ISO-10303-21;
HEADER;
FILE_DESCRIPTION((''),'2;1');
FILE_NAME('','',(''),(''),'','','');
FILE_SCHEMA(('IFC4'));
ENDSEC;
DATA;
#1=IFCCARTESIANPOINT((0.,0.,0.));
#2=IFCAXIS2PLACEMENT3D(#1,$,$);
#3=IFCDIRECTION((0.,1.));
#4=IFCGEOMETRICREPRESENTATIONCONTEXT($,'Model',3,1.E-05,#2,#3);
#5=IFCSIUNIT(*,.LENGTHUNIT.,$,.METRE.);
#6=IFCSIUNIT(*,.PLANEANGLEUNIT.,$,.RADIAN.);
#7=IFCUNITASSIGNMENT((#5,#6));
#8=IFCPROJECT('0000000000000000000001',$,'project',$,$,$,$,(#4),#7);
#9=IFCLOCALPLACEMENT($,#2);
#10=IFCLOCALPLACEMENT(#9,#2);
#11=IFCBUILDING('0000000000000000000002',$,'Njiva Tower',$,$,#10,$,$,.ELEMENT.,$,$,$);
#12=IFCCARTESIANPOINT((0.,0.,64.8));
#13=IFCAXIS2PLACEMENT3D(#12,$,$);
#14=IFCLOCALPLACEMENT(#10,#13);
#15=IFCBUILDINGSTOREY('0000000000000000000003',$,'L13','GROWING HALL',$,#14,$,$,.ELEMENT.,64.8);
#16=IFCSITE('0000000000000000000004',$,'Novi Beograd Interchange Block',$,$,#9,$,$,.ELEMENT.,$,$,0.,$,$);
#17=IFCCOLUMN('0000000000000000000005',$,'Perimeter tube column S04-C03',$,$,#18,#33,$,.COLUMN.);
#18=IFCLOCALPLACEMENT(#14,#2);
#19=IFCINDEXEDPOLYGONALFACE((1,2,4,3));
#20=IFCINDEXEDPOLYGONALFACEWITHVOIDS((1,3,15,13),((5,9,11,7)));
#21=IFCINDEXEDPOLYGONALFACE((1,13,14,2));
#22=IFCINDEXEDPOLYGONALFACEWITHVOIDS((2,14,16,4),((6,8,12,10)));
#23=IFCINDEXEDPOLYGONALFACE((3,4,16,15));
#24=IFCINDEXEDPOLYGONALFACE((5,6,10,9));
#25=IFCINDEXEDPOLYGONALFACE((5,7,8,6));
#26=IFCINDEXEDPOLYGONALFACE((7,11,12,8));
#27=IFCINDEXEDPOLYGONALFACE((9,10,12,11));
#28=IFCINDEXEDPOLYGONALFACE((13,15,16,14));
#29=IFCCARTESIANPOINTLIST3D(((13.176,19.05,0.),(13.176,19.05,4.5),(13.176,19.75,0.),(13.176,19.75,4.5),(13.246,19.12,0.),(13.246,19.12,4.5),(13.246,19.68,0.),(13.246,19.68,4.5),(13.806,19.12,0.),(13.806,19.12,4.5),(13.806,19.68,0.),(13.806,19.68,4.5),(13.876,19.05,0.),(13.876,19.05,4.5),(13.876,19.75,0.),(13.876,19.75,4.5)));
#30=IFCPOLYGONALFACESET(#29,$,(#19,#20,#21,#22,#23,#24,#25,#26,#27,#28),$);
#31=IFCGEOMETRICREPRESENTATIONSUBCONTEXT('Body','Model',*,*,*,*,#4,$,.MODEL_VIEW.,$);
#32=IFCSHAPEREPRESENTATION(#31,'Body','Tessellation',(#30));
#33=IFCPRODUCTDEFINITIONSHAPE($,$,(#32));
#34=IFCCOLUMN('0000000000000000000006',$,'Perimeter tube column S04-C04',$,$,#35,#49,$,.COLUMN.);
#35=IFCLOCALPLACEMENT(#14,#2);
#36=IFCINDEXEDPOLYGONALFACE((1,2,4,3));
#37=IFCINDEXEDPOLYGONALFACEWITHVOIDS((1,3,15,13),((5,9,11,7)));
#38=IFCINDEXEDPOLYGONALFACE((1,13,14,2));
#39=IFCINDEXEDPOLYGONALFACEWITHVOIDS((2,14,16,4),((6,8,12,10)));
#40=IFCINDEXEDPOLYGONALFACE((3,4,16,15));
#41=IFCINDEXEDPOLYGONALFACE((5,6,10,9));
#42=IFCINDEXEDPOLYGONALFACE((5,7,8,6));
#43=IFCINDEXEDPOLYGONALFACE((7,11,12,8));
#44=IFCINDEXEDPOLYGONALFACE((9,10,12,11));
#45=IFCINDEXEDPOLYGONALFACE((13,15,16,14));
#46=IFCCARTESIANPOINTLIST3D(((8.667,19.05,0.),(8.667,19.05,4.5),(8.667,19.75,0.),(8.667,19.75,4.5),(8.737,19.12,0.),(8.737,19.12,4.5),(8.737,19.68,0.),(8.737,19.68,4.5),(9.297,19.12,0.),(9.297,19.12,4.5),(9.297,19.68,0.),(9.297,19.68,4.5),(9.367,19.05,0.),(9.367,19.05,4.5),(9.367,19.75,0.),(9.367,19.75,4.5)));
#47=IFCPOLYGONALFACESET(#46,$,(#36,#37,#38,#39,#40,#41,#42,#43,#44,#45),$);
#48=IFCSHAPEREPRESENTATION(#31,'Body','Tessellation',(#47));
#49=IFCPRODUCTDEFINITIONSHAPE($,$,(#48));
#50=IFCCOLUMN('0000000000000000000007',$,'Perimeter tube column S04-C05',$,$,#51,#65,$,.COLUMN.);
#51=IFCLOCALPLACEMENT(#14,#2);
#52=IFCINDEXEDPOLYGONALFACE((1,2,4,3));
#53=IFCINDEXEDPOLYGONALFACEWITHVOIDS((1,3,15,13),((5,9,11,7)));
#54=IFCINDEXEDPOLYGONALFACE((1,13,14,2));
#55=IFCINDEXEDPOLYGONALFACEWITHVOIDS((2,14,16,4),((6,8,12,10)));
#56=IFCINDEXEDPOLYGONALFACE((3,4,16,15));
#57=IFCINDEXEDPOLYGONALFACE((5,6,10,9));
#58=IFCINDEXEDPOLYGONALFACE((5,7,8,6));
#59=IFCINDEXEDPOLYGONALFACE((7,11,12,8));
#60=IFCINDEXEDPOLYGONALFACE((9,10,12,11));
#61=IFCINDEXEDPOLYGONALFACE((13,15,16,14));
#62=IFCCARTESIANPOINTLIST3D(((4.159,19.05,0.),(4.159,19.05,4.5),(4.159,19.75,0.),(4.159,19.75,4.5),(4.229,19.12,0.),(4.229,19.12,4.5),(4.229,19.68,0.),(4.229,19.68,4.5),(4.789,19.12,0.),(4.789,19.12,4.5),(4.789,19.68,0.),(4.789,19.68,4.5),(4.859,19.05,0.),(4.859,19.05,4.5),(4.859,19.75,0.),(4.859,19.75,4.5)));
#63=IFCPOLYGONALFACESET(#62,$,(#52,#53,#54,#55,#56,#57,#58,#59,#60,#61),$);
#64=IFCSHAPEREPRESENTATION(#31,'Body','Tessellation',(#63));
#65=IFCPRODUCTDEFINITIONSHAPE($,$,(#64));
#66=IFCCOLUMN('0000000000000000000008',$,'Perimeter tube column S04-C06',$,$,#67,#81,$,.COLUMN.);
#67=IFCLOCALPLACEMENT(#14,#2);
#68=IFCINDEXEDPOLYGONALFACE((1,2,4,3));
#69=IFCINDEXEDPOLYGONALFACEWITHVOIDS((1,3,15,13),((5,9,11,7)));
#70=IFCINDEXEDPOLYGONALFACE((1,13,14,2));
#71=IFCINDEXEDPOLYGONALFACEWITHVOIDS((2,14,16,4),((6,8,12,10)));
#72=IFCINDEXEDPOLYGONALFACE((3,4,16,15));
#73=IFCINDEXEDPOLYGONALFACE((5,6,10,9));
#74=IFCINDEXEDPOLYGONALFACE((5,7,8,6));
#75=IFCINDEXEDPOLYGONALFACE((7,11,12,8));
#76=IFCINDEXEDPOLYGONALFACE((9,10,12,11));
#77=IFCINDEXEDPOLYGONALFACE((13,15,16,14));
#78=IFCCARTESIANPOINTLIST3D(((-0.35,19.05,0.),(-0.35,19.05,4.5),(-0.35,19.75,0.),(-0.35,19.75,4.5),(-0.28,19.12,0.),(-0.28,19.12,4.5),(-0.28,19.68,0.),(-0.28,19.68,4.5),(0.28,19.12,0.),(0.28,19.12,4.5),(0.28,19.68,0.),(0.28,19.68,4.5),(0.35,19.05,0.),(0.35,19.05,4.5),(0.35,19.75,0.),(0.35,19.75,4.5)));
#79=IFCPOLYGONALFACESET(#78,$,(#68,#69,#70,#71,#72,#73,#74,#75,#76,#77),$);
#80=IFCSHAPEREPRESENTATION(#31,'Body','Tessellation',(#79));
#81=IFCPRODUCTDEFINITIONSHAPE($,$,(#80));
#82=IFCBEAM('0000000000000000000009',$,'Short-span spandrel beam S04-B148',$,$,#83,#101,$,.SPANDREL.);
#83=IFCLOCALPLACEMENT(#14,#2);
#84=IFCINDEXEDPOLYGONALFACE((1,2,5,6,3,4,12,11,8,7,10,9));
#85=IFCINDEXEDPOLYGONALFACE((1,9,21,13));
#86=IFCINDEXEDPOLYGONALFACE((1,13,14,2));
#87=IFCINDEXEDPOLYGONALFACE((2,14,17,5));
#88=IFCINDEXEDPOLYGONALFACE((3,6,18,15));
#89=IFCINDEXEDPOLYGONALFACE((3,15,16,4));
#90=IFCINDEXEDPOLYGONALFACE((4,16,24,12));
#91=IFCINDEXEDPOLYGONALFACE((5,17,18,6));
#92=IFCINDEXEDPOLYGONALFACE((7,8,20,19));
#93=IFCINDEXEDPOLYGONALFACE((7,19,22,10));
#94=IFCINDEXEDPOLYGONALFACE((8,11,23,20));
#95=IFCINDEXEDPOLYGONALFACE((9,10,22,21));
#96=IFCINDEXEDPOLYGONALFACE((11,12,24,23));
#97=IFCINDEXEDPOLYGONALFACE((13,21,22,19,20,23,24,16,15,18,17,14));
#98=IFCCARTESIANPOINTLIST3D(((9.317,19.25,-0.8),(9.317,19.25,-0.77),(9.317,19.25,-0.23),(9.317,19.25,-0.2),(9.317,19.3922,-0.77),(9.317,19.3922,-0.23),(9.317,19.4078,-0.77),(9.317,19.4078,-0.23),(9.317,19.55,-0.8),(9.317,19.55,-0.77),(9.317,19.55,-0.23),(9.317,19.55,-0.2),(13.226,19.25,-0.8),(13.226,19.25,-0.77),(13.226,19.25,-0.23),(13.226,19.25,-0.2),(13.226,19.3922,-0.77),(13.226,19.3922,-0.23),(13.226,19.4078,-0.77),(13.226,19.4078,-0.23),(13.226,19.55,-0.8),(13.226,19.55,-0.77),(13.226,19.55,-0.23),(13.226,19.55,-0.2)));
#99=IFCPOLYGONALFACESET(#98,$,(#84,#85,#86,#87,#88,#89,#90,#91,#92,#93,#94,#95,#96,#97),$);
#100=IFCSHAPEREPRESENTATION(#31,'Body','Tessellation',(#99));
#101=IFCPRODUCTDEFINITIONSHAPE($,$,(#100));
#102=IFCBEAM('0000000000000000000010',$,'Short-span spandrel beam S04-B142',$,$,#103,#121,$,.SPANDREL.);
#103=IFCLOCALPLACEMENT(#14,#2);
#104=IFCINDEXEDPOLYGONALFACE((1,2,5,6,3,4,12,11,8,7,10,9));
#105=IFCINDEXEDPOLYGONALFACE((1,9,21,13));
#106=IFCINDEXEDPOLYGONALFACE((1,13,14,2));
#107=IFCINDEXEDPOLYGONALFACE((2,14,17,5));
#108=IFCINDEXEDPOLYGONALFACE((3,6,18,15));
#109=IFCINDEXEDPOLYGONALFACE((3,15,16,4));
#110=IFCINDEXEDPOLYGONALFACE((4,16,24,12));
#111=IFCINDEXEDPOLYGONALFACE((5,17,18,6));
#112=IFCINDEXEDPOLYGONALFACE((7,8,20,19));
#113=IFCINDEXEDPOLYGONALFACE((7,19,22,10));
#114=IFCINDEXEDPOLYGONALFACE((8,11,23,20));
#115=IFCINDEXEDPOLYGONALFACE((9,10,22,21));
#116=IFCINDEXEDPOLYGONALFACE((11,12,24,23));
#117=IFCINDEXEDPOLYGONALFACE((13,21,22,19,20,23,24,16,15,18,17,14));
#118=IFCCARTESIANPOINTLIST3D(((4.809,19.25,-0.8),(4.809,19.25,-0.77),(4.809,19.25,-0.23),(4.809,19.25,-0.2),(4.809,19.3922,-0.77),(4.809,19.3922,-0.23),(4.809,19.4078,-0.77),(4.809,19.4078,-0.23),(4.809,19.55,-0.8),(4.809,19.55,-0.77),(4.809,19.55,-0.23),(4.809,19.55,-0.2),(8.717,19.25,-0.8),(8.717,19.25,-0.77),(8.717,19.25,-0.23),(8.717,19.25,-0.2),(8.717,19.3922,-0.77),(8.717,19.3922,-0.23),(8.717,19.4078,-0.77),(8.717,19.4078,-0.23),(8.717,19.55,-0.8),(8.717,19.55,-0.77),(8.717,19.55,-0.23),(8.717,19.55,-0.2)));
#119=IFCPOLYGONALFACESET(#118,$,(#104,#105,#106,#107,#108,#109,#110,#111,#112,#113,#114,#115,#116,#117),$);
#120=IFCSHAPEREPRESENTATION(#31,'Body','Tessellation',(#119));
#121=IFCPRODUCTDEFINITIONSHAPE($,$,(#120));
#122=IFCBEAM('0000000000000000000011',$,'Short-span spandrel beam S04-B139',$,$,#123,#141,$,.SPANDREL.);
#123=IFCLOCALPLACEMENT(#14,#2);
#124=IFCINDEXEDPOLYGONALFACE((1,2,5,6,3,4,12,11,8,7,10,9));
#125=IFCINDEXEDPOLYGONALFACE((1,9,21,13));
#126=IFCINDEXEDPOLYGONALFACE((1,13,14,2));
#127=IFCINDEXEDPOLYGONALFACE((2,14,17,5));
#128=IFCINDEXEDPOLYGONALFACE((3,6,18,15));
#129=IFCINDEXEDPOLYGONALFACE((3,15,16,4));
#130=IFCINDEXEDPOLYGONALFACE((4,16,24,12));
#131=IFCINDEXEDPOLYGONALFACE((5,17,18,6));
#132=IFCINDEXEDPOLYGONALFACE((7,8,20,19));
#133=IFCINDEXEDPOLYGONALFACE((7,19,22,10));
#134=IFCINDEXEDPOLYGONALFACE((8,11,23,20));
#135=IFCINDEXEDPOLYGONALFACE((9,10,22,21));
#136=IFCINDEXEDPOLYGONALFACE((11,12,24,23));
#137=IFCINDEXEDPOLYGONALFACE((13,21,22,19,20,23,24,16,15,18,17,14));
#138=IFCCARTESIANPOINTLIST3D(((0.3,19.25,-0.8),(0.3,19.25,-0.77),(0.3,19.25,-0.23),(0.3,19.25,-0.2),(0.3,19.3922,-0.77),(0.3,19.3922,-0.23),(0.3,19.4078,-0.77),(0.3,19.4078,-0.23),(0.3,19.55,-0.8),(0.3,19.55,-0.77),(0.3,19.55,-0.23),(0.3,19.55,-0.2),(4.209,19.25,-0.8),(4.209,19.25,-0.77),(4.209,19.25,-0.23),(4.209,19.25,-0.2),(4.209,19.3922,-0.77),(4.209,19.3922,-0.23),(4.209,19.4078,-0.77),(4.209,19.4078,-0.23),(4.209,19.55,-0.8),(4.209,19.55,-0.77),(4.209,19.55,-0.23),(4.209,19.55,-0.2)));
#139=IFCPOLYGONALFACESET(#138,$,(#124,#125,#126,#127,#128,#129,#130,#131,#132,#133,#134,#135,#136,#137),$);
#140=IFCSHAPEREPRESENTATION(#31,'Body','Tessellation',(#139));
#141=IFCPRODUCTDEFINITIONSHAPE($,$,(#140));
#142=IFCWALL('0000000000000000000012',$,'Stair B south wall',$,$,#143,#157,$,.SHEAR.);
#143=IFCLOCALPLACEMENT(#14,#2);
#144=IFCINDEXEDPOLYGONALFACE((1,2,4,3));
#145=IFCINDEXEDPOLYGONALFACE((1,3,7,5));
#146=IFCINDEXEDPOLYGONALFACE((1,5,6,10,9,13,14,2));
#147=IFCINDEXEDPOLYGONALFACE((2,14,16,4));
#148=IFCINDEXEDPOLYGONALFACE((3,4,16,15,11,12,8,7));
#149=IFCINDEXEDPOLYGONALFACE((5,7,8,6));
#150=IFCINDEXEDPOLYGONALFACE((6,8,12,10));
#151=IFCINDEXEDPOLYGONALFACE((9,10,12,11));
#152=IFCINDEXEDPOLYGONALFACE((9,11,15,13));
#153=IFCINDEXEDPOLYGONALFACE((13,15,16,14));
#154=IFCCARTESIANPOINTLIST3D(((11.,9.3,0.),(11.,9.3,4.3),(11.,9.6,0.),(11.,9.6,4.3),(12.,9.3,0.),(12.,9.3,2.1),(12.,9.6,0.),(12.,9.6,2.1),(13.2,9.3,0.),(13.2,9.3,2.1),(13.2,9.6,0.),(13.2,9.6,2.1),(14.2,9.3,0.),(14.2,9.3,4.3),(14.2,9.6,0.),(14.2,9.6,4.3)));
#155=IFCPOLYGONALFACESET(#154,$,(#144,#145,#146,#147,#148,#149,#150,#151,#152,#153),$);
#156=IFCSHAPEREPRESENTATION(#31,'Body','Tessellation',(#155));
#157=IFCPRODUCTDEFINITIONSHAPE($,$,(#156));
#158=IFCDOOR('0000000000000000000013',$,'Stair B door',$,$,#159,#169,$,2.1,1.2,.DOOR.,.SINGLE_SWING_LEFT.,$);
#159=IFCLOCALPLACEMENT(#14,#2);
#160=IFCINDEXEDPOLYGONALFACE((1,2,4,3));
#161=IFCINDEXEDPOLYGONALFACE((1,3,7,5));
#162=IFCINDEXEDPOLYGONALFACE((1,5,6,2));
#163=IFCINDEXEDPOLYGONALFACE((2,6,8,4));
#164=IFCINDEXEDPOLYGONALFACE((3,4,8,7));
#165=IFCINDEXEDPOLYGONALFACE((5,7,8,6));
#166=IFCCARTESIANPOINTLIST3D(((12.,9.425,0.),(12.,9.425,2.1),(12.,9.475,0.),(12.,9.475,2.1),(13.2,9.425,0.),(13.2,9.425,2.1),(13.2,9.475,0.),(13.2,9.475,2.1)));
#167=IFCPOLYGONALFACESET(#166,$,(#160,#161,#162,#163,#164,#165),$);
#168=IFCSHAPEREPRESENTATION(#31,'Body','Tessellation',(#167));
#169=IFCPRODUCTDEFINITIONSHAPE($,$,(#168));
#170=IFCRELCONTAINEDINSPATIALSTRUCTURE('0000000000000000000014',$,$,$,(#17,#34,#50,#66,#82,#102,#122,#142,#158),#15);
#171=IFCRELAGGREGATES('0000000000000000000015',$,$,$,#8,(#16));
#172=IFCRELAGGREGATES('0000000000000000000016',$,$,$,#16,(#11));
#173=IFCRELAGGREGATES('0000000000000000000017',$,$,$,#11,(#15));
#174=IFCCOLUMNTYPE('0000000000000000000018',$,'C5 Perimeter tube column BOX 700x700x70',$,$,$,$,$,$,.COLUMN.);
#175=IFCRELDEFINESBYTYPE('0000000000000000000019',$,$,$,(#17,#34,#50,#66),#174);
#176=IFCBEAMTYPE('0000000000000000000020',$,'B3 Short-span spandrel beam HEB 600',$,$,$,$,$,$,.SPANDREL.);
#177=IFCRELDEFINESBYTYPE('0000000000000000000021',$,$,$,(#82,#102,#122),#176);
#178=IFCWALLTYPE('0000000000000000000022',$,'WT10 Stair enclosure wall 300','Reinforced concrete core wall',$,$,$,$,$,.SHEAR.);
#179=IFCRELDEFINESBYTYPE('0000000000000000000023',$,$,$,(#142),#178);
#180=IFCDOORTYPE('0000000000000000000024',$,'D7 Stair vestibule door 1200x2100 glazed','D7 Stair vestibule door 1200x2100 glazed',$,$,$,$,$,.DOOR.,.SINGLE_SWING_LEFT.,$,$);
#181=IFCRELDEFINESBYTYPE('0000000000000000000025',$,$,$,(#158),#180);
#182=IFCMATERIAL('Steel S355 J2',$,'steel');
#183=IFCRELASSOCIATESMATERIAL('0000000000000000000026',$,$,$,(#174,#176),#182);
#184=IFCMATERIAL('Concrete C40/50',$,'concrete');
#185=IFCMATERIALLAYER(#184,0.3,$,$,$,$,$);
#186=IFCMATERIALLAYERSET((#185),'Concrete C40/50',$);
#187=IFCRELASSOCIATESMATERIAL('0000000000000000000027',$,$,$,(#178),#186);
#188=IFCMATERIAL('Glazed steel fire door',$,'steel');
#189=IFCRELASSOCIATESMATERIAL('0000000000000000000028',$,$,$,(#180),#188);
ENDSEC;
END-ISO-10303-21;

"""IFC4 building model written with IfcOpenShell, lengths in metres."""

from ifc_helpers import new_model, si_unit, direction, frame, frame_2d, origin, origin_2d, place, context, subcontext, project, spatial, rectangle, hollow_rectangle, i_section, extrude, material, layer, layer_set, material_profile, profile_set, type_object, element, fill, save


model = new_model("IFC4")

# Units and contexts
model_context = context("Model", 3, precision=1e-05, world=origin(), true_north=direction((0.0, 1.0)))
body_context = subcontext(model_context, "Body", "Model", "MODEL_VIEW")
ifc_project = project(units=[si_unit("LENGTHUNIT", "METRE"), si_unit("PLANEANGLEUNIT", "RADIAN")], contexts=[model_context])

# Site, building, storey
site_placement = place(None, origin())
site = spatial("IfcSite", under=ifc_project, at=site_placement, Name="Novi Beograd Interchange Block", CompositionType="ELEMENT", RefElevation=0.0)
building_placement = place(site_placement, origin())
building = spatial("IfcBuilding", under=site, at=building_placement, Name="Njiva Tower", CompositionType="ELEMENT")
storey_placement = place(building_placement, frame((0.0, 0.0, 64.8)))
storey = spatial("IfcBuildingStorey", under=building, at=storey_placement, Name="L13", Description="GROWING HALL", CompositionType="ELEMENT", Elevation=64.8)

# Columns
ifc_material_1 = material(Name="Steel S355 J2", Category="steel")
ifc_material_profile_1 = material_profile(ifc_material_1, hollow_rectangle(XDim=0.7, YDim=0.7, WallThickness=0.07, at=origin_2d()), Name="BOX 700x700x70")
ifc_profile_set_1 = profile_set([ifc_material_profile_1], Name="Steel S355 J2")
column_type = type_object("IfcColumnType", Name="C5 Perimeter tube column BOX 700x700x70", PredefinedType="COLUMN", material=ifc_profile_set_1)
for number, where, z_axis, x_axis, name in (
    (1, (13.526, 19.4, 0.0), (0.0, 0.0, 1.0), (-1.0, 0.0, 0.0), "Perimeter tube column S04-C03"),
    (2, (9.017, 19.4, 0.0), (0.0, 0.0, 1.0), (-1.0, 0.0, 0.0), "Perimeter tube column S04-C04"),
    (3, (4.509, 19.4, 0.0), (0.0, 0.0, 1.0), (-1.0, 0.0, 0.0), "Perimeter tube column S04-C05"),
    (4, (0.0, 19.4, 0.0), (0.0, 0.0, 1.0), (-1.0, 0.0, 0.0), "Perimeter tube column S04-C06"),
):
    element("IfcColumn", number, at=place(storey_placement, frame(where, z_axis=z_axis, x_axis=x_axis)), inside=storey, type_object=column_type, Name=name, PredefinedType="COLUMN", context=body_context, shape_type="SweptSolid", body=[
        extrude(hollow_rectangle(XDim=0.7, YDim=0.7, WallThickness=0.07, at=origin_2d()), origin(), (0.0, 0.0, 1.0), 4.5),
    ])

# Beams
ifc_material_profile_2 = material_profile(ifc_material_1, i_section(OverallWidth=0.3, OverallDepth=0.6, WebThickness=0.0155, FlangeThickness=0.03, at=origin_2d()), Name="HEB 600")
ifc_profile_set_2 = profile_set([ifc_material_profile_2], Name="Steel S355 J2")
beam_type = type_object("IfcBeamType", Name="B3 Short-span spandrel beam HEB 600", PredefinedType="SPANDREL", material=ifc_profile_set_2)
beam_1_placement = place(storey_placement, frame((13.226, 19.4, -0.5), z_axis=(-1.0, 0.0, 0.0), x_axis=(0.0, -1.0, 0.0)))
element("IfcBeam", 5, at=beam_1_placement, inside=storey, type_object=beam_type, Name="Short-span spandrel beam S04-B148", PredefinedType="SPANDREL", context=body_context, shape_type="SweptSolid", body=[
    extrude(i_section(OverallWidth=0.3, OverallDepth=0.6, WebThickness=0.0155, FlangeThickness=0.03, at=origin_2d()), origin(), (0.0, 0.0, 1.0), 3.909),
])
beam_2_placement = place(storey_placement, frame((8.717, 19.4, -0.5), z_axis=(-1.0, 0.0, 0.0), x_axis=(0.0, -1.0, 0.0)))
element("IfcBeam", 6, at=beam_2_placement, inside=storey, type_object=beam_type, Name="Short-span spandrel beam S04-B142", PredefinedType="SPANDREL", context=body_context, shape_type="SweptSolid", body=[
    extrude(i_section(OverallWidth=0.3, OverallDepth=0.6, WebThickness=0.0155, FlangeThickness=0.03, at=origin_2d()), origin(), (0.0, 0.0, 1.0), 3.908),
])
beam_3_placement = place(storey_placement, frame((4.209, 19.4, -0.5), z_axis=(-1.0, 0.0, 0.0), x_axis=(0.0, -1.0, 0.0)))
element("IfcBeam", 7, at=beam_3_placement, inside=storey, type_object=beam_type, Name="Short-span spandrel beam S04-B139", PredefinedType="SPANDREL", context=body_context, shape_type="SweptSolid", body=[
    extrude(i_section(OverallWidth=0.3, OverallDepth=0.6, WebThickness=0.0155, FlangeThickness=0.03, at=origin_2d()), origin(), (0.0, 0.0, 1.0), 3.909),
])

# Wall, opening, door
ifc_material_2 = material(Name="Concrete C40/50", Category="concrete")
ifc_layer_1 = layer(ifc_material_2, 0.3)
ifc_layer_set_1 = layer_set([ifc_layer_1], Name="Concrete C40/50")
wall_type_1 = type_object("IfcWallType", Name="WT10 Stair enclosure wall 300", Description="Reinforced concrete core wall", PredefinedType="SHEAR", material=ifc_layer_set_1)
wall_1_placement = place(storey_placement, frame((11.0, 9.45, 0.0), z_axis=(0.0, 0.0, 1.0), x_axis=(1.0, 0.0, 0.0)))
wall_1 = element("IfcWall", 8, at=wall_1_placement, inside=storey, type_object=wall_type_1, Name="Stair B south wall", PredefinedType="SHEAR", context=body_context, shape_type="SweptSolid", body=[
    extrude(rectangle(XDim=3.2, YDim=0.3, at=frame_2d((1.6, 0.0))), origin(), (0.0, 0.0, 1.0), 4.3),
])
opening_1_placement = place(wall_1_placement, frame((1.0, 0.0, 0.0)))
opening_1 = element("IfcOpeningElement", 9, at=opening_1_placement, cuts=wall_1, PredefinedType="OPENING", context=body_context, shape_type="SweptSolid", body=[
    extrude(rectangle(XDim=1.2, YDim=2.1, at=frame_2d((0.6, 1.05))), frame((0.0, 0.16, 0.0), z_axis=(0.0, -1.0, 0.0), x_axis=(1.0, 0.0, 0.0)), (0.0, 0.0, 1.0), 0.32),
])
ifc_material_3 = material(Name="Glazed steel fire door", Category="steel")
door_type_1 = type_object("IfcDoorType", Name="D7 Stair vestibule door 1200x2100 glazed", Description="D7 Stair vestibule door 1200x2100 glazed", OperationType="SINGLE_SWING_LEFT", PredefinedType="DOOR", material=ifc_material_3)
door_1_placement = place(opening_1_placement, origin())
door_1 = element("IfcDoor", 10, at=door_1_placement, inside=storey, type_object=door_type_1, Name="Stair B door", OperationType="SINGLE_SWING_LEFT", OverallHeight=2.1, OverallWidth=1.2, PredefinedType="DOOR", context=body_context, shape_type="SweptSolid", body=[
    extrude(rectangle(XDim=1.2, YDim=2.1, at=frame_2d((0.6, 1.05))), frame((0.0, 0.025, 0.0), z_axis=(0.0, -1.0, 0.0), x_axis=(1.0, 0.0, 0.0)), (0.0, 0.0, 1.0), 0.05),
])
fill(opening_1, door_1)

save(model, "model.ifc")
